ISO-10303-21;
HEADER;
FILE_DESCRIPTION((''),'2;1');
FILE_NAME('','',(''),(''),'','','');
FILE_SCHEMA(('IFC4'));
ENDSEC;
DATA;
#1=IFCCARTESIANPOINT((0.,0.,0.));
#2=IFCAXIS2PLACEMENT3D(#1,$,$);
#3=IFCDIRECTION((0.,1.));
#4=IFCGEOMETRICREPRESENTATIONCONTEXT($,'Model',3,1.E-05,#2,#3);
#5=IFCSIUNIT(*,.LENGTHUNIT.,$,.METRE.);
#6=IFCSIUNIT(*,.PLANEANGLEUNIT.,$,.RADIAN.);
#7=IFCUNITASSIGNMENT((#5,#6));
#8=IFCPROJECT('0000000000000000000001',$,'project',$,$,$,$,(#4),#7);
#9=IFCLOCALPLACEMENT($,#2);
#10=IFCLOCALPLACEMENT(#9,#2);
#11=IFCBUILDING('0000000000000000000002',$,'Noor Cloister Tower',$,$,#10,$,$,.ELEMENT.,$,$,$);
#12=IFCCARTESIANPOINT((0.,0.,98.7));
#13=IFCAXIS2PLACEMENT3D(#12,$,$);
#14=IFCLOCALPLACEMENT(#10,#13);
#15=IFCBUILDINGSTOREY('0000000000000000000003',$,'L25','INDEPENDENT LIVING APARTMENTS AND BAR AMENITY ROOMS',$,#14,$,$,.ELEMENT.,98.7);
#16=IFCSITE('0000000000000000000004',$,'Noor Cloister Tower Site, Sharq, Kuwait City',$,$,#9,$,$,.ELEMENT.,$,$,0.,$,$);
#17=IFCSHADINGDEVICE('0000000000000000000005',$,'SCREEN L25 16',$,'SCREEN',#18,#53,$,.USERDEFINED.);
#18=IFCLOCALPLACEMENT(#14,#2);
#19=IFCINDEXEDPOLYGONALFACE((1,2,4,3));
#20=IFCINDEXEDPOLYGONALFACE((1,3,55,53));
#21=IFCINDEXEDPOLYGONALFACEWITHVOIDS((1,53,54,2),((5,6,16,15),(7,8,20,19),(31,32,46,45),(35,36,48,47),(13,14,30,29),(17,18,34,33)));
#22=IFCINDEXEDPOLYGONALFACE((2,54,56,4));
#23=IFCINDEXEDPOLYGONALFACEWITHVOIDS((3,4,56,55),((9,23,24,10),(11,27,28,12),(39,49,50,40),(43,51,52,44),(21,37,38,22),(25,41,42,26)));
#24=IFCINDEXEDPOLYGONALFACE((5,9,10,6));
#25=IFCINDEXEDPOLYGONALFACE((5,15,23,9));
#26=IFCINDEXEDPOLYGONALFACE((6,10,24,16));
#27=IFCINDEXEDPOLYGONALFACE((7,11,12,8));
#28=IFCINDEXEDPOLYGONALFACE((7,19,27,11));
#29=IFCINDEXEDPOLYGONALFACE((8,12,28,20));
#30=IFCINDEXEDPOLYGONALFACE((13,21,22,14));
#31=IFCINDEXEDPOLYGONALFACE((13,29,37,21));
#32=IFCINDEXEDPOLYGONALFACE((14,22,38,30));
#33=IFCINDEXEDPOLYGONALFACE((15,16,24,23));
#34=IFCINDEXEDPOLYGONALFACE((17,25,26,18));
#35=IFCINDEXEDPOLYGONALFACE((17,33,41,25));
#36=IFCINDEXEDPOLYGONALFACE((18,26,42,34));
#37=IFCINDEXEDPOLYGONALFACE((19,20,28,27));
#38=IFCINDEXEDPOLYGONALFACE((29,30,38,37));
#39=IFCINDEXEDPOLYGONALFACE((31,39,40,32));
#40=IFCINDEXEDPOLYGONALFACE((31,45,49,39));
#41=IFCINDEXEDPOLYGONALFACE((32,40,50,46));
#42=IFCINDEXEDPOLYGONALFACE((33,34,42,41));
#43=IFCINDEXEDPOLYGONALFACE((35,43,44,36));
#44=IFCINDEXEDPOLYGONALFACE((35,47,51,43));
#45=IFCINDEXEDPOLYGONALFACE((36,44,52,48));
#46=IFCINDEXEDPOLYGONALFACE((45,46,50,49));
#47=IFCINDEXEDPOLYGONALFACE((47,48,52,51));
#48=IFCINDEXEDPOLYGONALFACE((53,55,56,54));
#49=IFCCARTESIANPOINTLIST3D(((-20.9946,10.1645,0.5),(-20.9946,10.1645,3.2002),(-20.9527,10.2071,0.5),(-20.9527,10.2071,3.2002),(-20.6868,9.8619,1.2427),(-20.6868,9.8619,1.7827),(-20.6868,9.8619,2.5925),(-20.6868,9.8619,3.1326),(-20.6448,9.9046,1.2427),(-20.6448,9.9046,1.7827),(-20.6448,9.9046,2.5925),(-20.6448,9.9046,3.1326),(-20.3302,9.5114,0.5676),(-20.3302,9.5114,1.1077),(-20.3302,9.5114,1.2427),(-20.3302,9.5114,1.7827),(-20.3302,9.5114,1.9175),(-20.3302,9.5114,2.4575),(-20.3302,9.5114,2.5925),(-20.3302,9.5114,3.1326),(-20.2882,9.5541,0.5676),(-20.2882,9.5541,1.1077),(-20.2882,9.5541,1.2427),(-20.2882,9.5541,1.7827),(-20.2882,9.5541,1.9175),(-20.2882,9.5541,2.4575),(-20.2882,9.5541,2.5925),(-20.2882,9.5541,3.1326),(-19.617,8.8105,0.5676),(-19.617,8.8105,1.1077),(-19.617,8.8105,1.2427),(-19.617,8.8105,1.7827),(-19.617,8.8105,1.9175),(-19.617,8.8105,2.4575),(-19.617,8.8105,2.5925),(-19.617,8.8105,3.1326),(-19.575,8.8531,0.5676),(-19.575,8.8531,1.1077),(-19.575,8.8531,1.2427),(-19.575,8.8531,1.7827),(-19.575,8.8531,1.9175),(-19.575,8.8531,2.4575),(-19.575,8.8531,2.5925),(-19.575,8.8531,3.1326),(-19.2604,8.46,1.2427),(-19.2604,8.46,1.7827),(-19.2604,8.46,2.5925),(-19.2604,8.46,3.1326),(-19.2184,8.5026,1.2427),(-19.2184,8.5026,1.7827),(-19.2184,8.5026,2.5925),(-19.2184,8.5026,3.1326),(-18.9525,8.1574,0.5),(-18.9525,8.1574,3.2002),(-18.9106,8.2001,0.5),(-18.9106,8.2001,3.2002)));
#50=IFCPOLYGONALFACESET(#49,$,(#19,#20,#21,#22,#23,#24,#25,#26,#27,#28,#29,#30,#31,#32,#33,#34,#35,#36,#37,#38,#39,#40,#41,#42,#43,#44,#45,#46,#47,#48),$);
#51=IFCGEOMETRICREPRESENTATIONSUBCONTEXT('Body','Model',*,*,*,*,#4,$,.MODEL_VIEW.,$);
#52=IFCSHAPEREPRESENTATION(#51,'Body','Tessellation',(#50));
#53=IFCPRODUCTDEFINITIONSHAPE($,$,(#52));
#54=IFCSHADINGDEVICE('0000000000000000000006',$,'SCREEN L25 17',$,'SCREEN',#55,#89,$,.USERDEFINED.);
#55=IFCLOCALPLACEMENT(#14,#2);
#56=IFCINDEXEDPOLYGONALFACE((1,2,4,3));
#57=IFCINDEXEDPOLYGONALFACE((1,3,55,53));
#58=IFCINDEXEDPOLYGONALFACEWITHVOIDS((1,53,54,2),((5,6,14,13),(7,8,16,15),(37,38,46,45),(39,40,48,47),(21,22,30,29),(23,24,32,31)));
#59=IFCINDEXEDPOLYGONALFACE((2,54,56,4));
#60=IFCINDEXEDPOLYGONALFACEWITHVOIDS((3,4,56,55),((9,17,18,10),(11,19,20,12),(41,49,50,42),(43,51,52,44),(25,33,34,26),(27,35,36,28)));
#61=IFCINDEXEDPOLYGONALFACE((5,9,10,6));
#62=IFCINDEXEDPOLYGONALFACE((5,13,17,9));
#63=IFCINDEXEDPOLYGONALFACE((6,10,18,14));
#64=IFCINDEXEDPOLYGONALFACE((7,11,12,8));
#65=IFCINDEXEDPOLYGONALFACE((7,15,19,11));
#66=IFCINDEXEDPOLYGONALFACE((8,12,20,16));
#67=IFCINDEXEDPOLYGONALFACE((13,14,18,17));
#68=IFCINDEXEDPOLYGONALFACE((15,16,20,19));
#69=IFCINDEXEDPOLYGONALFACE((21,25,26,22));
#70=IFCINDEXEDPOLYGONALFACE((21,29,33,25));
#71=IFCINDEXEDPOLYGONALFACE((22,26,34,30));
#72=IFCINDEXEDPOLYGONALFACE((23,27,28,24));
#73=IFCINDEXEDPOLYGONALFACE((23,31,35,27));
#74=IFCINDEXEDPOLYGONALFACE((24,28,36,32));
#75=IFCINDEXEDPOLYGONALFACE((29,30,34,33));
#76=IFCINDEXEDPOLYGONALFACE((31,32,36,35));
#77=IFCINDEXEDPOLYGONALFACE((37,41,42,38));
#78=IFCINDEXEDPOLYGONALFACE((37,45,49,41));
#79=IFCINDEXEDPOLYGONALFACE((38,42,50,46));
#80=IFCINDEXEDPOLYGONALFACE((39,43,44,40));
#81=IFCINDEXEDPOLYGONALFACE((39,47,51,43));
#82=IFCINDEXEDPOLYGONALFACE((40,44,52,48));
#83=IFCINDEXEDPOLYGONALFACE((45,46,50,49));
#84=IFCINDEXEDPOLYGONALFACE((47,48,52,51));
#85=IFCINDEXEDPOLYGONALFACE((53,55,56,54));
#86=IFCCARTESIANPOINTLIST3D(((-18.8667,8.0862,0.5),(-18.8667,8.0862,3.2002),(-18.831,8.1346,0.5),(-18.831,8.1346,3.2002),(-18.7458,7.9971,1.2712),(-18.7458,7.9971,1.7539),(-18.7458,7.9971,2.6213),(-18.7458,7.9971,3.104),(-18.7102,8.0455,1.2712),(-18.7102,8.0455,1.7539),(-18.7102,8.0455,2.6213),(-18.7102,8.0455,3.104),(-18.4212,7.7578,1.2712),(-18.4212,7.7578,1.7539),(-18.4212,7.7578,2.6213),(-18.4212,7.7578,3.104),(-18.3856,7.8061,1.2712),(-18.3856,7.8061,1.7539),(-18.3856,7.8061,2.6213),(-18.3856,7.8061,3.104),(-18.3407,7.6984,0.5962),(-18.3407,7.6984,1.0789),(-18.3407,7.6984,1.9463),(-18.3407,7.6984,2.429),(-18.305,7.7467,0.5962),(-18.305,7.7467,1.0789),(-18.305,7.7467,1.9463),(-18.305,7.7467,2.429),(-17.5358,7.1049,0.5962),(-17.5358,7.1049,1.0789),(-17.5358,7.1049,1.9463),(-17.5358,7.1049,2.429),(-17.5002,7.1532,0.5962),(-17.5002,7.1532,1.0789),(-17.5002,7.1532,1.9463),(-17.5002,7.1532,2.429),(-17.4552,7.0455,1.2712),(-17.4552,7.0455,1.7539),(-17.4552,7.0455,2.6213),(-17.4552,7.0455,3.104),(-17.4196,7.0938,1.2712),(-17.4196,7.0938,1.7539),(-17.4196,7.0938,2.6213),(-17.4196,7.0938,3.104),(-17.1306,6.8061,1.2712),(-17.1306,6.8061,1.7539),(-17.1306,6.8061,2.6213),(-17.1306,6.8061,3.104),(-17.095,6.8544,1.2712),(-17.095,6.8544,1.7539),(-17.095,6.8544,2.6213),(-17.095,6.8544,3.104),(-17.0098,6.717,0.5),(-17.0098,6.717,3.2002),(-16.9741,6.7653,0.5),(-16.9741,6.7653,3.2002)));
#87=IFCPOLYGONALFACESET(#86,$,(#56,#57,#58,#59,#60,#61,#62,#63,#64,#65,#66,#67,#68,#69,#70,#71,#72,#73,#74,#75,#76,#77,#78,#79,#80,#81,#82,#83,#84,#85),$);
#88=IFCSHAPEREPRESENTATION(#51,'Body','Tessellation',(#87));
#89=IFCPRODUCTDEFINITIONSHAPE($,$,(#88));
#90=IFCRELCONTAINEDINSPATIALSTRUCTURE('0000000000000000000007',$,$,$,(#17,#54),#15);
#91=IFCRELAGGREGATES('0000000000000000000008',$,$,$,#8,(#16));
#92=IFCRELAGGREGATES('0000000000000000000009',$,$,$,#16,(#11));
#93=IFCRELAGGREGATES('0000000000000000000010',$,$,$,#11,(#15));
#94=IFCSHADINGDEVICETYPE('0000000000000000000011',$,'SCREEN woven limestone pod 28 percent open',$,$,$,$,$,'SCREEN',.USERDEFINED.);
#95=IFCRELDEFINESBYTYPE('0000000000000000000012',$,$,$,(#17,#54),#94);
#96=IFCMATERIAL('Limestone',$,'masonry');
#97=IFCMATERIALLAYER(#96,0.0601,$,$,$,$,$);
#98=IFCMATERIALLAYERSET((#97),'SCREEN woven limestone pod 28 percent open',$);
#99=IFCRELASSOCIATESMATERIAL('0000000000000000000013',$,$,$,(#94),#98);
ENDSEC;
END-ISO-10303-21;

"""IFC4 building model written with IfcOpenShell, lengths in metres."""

from ifc_helpers import new_model, si_unit, direction, frame, origin, place, context, subcontext, project, spatial, polyline, outline, extrude, material, layer, layer_set, type_object, element, save


model = new_model("IFC4")

# Units and contexts
model_context = context("Model", 3, precision=1e-05, world=origin(), true_north=direction((0.0, 1.0)))
body_context = subcontext(model_context, "Body", "Model", "MODEL_VIEW")
ifc_project = project(units=[si_unit("LENGTHUNIT", "METRE"), si_unit("PLANEANGLEUNIT", "RADIAN")], contexts=[model_context])

# Site, building, storey
site_placement = place(None, origin())
site = spatial("IfcSite", under=ifc_project, at=site_placement, Name="Noor Cloister Tower Site, Sharq, Kuwait City", CompositionType="ELEMENT", RefElevation=0.0)
building_placement = place(site_placement, origin())
building = spatial("IfcBuilding", under=site, at=building_placement, Name="Noor Cloister Tower", CompositionType="ELEMENT")
storey_placement = place(building_placement, frame((0.0, 0.0, 98.7)))
storey = spatial("IfcBuildingStorey", under=building, at=storey_placement, Name="L25", Description="INDEPENDENT LIVING APARTMENTS AND BAR AMENITY ROOMS", CompositionType="ELEMENT", Elevation=98.7)

# Shading devices
ifc_material_1 = material(Name="Limestone", Category="masonry")
ifc_layer_1 = layer(ifc_material_1, 0.0601)
ifc_layer_set_1 = layer_set([ifc_layer_1], Name="SCREEN woven limestone pod 28 percent open")
shading_device_type_1 = type_object("IfcShadingDeviceType", Name="SCREEN woven limestone pod 28 percent open", ElementType="SCREEN", PredefinedType="USERDEFINED", material=ifc_layer_set_1)
shading_device_1_placement = place(storey_placement, frame((-19.9316, 9.2036, 1.8501), z_axis=(-0.700967, -0.713193, 0.0), x_axis=(0.713193, -0.700967, 0.0)))
element("IfcShadingDevice", 1, at=shading_device_1_placement, inside=storey, type_object=shading_device_type_1, Name="SCREEN L25 16", ObjectType="SCREEN", PredefinedType="USERDEFINED", context=body_context, shape_type="SweptSolid", body=[
    extrude(outline(polyline([(-1.4316, -1.3501), (1.4316, -1.3501), (1.4316, 1.3501), (-1.4316, 1.3501), (-1.4316, -1.3501)]), holes=[polyline([(-0.5, -1.2825), (0.5, -1.2825), (0.5, -0.7424), (-0.5, -0.7424), (-0.5, -1.2825)]), polyline([(-1.0, -0.6074), (-0.5, -0.6074), (-0.5, -0.0674), (-1.0, -0.0674), (-1.0, -0.6074)]), polyline([(0.5, -0.6074), (1.0, -0.6074), (1.0, -0.0674), (0.5, -0.0674), (0.5, -0.6074)]), polyline([(-0.5, 0.0674), (0.5, 0.0674), (0.5, 0.6074), (-0.5, 0.6074), (-0.5, 0.0674)]), polyline([(-1.0, 0.7424), (-0.5, 0.7424), (-0.5, 1.2825), (-1.0, 1.2825), (-1.0, 0.7424)]), polyline([(0.5, 0.7424), (1.0, 0.7424), (1.0, 1.2825), (0.5, 1.2825), (0.5, 0.7424)])]), origin(), (0.0, 0.0, 1.0), 0.0598),
])
shading_device_2_placement = place(storey_placement, frame((-17.9026, 7.45, 1.8501), z_axis=(-0.593476, -0.804851, 0.0), x_axis=(0.804851, -0.593476, 0.0)))
element("IfcShadingDevice", 2, at=shading_device_2_placement, inside=storey, type_object=shading_device_type_1, Name="SCREEN L25 17", ObjectType="SCREEN", PredefinedType="USERDEFINED", context=body_context, shape_type="SweptSolid", body=[
    extrude(outline(polyline([(-1.1536, -1.3501), (1.1536, -1.3501), (1.1536, 1.3501), (-1.1536, 1.3501), (-1.1536, -1.3501)]), holes=[polyline([(-0.5, -1.2539), (0.5, -1.2539), (0.5, -0.7712), (-0.5, -0.7712), (-0.5, -1.2539)]), polyline([(0.6001, -0.5789), (1.0034, -0.5789), (1.0034, -0.0962), (0.6001, -0.0962), (0.6001, -0.5789)]), polyline([(-1.0034, -0.5789), (-0.6001, -0.5789), (-0.6001, -0.0962), (-1.0034, -0.0962), (-1.0034, -0.5789)]), polyline([(-0.5, 0.0962), (0.5, 0.0962), (0.5, 0.5789), (-0.5, 0.5789), (-0.5, 0.0962)]), polyline([(0.6001, 0.7712), (1.0034, 0.7712), (1.0034, 1.2539), (0.6001, 1.2539), (0.6001, 0.7712)]), polyline([(-1.0034, 0.7712), (-0.6001, 0.7712), (-0.6001, 1.2539), (-1.0034, 1.2539), (-1.0034, 0.7712)])]), origin(), (0.0, 0.0, 1.0), 0.0601),
])

save(model, "model.ifc")
